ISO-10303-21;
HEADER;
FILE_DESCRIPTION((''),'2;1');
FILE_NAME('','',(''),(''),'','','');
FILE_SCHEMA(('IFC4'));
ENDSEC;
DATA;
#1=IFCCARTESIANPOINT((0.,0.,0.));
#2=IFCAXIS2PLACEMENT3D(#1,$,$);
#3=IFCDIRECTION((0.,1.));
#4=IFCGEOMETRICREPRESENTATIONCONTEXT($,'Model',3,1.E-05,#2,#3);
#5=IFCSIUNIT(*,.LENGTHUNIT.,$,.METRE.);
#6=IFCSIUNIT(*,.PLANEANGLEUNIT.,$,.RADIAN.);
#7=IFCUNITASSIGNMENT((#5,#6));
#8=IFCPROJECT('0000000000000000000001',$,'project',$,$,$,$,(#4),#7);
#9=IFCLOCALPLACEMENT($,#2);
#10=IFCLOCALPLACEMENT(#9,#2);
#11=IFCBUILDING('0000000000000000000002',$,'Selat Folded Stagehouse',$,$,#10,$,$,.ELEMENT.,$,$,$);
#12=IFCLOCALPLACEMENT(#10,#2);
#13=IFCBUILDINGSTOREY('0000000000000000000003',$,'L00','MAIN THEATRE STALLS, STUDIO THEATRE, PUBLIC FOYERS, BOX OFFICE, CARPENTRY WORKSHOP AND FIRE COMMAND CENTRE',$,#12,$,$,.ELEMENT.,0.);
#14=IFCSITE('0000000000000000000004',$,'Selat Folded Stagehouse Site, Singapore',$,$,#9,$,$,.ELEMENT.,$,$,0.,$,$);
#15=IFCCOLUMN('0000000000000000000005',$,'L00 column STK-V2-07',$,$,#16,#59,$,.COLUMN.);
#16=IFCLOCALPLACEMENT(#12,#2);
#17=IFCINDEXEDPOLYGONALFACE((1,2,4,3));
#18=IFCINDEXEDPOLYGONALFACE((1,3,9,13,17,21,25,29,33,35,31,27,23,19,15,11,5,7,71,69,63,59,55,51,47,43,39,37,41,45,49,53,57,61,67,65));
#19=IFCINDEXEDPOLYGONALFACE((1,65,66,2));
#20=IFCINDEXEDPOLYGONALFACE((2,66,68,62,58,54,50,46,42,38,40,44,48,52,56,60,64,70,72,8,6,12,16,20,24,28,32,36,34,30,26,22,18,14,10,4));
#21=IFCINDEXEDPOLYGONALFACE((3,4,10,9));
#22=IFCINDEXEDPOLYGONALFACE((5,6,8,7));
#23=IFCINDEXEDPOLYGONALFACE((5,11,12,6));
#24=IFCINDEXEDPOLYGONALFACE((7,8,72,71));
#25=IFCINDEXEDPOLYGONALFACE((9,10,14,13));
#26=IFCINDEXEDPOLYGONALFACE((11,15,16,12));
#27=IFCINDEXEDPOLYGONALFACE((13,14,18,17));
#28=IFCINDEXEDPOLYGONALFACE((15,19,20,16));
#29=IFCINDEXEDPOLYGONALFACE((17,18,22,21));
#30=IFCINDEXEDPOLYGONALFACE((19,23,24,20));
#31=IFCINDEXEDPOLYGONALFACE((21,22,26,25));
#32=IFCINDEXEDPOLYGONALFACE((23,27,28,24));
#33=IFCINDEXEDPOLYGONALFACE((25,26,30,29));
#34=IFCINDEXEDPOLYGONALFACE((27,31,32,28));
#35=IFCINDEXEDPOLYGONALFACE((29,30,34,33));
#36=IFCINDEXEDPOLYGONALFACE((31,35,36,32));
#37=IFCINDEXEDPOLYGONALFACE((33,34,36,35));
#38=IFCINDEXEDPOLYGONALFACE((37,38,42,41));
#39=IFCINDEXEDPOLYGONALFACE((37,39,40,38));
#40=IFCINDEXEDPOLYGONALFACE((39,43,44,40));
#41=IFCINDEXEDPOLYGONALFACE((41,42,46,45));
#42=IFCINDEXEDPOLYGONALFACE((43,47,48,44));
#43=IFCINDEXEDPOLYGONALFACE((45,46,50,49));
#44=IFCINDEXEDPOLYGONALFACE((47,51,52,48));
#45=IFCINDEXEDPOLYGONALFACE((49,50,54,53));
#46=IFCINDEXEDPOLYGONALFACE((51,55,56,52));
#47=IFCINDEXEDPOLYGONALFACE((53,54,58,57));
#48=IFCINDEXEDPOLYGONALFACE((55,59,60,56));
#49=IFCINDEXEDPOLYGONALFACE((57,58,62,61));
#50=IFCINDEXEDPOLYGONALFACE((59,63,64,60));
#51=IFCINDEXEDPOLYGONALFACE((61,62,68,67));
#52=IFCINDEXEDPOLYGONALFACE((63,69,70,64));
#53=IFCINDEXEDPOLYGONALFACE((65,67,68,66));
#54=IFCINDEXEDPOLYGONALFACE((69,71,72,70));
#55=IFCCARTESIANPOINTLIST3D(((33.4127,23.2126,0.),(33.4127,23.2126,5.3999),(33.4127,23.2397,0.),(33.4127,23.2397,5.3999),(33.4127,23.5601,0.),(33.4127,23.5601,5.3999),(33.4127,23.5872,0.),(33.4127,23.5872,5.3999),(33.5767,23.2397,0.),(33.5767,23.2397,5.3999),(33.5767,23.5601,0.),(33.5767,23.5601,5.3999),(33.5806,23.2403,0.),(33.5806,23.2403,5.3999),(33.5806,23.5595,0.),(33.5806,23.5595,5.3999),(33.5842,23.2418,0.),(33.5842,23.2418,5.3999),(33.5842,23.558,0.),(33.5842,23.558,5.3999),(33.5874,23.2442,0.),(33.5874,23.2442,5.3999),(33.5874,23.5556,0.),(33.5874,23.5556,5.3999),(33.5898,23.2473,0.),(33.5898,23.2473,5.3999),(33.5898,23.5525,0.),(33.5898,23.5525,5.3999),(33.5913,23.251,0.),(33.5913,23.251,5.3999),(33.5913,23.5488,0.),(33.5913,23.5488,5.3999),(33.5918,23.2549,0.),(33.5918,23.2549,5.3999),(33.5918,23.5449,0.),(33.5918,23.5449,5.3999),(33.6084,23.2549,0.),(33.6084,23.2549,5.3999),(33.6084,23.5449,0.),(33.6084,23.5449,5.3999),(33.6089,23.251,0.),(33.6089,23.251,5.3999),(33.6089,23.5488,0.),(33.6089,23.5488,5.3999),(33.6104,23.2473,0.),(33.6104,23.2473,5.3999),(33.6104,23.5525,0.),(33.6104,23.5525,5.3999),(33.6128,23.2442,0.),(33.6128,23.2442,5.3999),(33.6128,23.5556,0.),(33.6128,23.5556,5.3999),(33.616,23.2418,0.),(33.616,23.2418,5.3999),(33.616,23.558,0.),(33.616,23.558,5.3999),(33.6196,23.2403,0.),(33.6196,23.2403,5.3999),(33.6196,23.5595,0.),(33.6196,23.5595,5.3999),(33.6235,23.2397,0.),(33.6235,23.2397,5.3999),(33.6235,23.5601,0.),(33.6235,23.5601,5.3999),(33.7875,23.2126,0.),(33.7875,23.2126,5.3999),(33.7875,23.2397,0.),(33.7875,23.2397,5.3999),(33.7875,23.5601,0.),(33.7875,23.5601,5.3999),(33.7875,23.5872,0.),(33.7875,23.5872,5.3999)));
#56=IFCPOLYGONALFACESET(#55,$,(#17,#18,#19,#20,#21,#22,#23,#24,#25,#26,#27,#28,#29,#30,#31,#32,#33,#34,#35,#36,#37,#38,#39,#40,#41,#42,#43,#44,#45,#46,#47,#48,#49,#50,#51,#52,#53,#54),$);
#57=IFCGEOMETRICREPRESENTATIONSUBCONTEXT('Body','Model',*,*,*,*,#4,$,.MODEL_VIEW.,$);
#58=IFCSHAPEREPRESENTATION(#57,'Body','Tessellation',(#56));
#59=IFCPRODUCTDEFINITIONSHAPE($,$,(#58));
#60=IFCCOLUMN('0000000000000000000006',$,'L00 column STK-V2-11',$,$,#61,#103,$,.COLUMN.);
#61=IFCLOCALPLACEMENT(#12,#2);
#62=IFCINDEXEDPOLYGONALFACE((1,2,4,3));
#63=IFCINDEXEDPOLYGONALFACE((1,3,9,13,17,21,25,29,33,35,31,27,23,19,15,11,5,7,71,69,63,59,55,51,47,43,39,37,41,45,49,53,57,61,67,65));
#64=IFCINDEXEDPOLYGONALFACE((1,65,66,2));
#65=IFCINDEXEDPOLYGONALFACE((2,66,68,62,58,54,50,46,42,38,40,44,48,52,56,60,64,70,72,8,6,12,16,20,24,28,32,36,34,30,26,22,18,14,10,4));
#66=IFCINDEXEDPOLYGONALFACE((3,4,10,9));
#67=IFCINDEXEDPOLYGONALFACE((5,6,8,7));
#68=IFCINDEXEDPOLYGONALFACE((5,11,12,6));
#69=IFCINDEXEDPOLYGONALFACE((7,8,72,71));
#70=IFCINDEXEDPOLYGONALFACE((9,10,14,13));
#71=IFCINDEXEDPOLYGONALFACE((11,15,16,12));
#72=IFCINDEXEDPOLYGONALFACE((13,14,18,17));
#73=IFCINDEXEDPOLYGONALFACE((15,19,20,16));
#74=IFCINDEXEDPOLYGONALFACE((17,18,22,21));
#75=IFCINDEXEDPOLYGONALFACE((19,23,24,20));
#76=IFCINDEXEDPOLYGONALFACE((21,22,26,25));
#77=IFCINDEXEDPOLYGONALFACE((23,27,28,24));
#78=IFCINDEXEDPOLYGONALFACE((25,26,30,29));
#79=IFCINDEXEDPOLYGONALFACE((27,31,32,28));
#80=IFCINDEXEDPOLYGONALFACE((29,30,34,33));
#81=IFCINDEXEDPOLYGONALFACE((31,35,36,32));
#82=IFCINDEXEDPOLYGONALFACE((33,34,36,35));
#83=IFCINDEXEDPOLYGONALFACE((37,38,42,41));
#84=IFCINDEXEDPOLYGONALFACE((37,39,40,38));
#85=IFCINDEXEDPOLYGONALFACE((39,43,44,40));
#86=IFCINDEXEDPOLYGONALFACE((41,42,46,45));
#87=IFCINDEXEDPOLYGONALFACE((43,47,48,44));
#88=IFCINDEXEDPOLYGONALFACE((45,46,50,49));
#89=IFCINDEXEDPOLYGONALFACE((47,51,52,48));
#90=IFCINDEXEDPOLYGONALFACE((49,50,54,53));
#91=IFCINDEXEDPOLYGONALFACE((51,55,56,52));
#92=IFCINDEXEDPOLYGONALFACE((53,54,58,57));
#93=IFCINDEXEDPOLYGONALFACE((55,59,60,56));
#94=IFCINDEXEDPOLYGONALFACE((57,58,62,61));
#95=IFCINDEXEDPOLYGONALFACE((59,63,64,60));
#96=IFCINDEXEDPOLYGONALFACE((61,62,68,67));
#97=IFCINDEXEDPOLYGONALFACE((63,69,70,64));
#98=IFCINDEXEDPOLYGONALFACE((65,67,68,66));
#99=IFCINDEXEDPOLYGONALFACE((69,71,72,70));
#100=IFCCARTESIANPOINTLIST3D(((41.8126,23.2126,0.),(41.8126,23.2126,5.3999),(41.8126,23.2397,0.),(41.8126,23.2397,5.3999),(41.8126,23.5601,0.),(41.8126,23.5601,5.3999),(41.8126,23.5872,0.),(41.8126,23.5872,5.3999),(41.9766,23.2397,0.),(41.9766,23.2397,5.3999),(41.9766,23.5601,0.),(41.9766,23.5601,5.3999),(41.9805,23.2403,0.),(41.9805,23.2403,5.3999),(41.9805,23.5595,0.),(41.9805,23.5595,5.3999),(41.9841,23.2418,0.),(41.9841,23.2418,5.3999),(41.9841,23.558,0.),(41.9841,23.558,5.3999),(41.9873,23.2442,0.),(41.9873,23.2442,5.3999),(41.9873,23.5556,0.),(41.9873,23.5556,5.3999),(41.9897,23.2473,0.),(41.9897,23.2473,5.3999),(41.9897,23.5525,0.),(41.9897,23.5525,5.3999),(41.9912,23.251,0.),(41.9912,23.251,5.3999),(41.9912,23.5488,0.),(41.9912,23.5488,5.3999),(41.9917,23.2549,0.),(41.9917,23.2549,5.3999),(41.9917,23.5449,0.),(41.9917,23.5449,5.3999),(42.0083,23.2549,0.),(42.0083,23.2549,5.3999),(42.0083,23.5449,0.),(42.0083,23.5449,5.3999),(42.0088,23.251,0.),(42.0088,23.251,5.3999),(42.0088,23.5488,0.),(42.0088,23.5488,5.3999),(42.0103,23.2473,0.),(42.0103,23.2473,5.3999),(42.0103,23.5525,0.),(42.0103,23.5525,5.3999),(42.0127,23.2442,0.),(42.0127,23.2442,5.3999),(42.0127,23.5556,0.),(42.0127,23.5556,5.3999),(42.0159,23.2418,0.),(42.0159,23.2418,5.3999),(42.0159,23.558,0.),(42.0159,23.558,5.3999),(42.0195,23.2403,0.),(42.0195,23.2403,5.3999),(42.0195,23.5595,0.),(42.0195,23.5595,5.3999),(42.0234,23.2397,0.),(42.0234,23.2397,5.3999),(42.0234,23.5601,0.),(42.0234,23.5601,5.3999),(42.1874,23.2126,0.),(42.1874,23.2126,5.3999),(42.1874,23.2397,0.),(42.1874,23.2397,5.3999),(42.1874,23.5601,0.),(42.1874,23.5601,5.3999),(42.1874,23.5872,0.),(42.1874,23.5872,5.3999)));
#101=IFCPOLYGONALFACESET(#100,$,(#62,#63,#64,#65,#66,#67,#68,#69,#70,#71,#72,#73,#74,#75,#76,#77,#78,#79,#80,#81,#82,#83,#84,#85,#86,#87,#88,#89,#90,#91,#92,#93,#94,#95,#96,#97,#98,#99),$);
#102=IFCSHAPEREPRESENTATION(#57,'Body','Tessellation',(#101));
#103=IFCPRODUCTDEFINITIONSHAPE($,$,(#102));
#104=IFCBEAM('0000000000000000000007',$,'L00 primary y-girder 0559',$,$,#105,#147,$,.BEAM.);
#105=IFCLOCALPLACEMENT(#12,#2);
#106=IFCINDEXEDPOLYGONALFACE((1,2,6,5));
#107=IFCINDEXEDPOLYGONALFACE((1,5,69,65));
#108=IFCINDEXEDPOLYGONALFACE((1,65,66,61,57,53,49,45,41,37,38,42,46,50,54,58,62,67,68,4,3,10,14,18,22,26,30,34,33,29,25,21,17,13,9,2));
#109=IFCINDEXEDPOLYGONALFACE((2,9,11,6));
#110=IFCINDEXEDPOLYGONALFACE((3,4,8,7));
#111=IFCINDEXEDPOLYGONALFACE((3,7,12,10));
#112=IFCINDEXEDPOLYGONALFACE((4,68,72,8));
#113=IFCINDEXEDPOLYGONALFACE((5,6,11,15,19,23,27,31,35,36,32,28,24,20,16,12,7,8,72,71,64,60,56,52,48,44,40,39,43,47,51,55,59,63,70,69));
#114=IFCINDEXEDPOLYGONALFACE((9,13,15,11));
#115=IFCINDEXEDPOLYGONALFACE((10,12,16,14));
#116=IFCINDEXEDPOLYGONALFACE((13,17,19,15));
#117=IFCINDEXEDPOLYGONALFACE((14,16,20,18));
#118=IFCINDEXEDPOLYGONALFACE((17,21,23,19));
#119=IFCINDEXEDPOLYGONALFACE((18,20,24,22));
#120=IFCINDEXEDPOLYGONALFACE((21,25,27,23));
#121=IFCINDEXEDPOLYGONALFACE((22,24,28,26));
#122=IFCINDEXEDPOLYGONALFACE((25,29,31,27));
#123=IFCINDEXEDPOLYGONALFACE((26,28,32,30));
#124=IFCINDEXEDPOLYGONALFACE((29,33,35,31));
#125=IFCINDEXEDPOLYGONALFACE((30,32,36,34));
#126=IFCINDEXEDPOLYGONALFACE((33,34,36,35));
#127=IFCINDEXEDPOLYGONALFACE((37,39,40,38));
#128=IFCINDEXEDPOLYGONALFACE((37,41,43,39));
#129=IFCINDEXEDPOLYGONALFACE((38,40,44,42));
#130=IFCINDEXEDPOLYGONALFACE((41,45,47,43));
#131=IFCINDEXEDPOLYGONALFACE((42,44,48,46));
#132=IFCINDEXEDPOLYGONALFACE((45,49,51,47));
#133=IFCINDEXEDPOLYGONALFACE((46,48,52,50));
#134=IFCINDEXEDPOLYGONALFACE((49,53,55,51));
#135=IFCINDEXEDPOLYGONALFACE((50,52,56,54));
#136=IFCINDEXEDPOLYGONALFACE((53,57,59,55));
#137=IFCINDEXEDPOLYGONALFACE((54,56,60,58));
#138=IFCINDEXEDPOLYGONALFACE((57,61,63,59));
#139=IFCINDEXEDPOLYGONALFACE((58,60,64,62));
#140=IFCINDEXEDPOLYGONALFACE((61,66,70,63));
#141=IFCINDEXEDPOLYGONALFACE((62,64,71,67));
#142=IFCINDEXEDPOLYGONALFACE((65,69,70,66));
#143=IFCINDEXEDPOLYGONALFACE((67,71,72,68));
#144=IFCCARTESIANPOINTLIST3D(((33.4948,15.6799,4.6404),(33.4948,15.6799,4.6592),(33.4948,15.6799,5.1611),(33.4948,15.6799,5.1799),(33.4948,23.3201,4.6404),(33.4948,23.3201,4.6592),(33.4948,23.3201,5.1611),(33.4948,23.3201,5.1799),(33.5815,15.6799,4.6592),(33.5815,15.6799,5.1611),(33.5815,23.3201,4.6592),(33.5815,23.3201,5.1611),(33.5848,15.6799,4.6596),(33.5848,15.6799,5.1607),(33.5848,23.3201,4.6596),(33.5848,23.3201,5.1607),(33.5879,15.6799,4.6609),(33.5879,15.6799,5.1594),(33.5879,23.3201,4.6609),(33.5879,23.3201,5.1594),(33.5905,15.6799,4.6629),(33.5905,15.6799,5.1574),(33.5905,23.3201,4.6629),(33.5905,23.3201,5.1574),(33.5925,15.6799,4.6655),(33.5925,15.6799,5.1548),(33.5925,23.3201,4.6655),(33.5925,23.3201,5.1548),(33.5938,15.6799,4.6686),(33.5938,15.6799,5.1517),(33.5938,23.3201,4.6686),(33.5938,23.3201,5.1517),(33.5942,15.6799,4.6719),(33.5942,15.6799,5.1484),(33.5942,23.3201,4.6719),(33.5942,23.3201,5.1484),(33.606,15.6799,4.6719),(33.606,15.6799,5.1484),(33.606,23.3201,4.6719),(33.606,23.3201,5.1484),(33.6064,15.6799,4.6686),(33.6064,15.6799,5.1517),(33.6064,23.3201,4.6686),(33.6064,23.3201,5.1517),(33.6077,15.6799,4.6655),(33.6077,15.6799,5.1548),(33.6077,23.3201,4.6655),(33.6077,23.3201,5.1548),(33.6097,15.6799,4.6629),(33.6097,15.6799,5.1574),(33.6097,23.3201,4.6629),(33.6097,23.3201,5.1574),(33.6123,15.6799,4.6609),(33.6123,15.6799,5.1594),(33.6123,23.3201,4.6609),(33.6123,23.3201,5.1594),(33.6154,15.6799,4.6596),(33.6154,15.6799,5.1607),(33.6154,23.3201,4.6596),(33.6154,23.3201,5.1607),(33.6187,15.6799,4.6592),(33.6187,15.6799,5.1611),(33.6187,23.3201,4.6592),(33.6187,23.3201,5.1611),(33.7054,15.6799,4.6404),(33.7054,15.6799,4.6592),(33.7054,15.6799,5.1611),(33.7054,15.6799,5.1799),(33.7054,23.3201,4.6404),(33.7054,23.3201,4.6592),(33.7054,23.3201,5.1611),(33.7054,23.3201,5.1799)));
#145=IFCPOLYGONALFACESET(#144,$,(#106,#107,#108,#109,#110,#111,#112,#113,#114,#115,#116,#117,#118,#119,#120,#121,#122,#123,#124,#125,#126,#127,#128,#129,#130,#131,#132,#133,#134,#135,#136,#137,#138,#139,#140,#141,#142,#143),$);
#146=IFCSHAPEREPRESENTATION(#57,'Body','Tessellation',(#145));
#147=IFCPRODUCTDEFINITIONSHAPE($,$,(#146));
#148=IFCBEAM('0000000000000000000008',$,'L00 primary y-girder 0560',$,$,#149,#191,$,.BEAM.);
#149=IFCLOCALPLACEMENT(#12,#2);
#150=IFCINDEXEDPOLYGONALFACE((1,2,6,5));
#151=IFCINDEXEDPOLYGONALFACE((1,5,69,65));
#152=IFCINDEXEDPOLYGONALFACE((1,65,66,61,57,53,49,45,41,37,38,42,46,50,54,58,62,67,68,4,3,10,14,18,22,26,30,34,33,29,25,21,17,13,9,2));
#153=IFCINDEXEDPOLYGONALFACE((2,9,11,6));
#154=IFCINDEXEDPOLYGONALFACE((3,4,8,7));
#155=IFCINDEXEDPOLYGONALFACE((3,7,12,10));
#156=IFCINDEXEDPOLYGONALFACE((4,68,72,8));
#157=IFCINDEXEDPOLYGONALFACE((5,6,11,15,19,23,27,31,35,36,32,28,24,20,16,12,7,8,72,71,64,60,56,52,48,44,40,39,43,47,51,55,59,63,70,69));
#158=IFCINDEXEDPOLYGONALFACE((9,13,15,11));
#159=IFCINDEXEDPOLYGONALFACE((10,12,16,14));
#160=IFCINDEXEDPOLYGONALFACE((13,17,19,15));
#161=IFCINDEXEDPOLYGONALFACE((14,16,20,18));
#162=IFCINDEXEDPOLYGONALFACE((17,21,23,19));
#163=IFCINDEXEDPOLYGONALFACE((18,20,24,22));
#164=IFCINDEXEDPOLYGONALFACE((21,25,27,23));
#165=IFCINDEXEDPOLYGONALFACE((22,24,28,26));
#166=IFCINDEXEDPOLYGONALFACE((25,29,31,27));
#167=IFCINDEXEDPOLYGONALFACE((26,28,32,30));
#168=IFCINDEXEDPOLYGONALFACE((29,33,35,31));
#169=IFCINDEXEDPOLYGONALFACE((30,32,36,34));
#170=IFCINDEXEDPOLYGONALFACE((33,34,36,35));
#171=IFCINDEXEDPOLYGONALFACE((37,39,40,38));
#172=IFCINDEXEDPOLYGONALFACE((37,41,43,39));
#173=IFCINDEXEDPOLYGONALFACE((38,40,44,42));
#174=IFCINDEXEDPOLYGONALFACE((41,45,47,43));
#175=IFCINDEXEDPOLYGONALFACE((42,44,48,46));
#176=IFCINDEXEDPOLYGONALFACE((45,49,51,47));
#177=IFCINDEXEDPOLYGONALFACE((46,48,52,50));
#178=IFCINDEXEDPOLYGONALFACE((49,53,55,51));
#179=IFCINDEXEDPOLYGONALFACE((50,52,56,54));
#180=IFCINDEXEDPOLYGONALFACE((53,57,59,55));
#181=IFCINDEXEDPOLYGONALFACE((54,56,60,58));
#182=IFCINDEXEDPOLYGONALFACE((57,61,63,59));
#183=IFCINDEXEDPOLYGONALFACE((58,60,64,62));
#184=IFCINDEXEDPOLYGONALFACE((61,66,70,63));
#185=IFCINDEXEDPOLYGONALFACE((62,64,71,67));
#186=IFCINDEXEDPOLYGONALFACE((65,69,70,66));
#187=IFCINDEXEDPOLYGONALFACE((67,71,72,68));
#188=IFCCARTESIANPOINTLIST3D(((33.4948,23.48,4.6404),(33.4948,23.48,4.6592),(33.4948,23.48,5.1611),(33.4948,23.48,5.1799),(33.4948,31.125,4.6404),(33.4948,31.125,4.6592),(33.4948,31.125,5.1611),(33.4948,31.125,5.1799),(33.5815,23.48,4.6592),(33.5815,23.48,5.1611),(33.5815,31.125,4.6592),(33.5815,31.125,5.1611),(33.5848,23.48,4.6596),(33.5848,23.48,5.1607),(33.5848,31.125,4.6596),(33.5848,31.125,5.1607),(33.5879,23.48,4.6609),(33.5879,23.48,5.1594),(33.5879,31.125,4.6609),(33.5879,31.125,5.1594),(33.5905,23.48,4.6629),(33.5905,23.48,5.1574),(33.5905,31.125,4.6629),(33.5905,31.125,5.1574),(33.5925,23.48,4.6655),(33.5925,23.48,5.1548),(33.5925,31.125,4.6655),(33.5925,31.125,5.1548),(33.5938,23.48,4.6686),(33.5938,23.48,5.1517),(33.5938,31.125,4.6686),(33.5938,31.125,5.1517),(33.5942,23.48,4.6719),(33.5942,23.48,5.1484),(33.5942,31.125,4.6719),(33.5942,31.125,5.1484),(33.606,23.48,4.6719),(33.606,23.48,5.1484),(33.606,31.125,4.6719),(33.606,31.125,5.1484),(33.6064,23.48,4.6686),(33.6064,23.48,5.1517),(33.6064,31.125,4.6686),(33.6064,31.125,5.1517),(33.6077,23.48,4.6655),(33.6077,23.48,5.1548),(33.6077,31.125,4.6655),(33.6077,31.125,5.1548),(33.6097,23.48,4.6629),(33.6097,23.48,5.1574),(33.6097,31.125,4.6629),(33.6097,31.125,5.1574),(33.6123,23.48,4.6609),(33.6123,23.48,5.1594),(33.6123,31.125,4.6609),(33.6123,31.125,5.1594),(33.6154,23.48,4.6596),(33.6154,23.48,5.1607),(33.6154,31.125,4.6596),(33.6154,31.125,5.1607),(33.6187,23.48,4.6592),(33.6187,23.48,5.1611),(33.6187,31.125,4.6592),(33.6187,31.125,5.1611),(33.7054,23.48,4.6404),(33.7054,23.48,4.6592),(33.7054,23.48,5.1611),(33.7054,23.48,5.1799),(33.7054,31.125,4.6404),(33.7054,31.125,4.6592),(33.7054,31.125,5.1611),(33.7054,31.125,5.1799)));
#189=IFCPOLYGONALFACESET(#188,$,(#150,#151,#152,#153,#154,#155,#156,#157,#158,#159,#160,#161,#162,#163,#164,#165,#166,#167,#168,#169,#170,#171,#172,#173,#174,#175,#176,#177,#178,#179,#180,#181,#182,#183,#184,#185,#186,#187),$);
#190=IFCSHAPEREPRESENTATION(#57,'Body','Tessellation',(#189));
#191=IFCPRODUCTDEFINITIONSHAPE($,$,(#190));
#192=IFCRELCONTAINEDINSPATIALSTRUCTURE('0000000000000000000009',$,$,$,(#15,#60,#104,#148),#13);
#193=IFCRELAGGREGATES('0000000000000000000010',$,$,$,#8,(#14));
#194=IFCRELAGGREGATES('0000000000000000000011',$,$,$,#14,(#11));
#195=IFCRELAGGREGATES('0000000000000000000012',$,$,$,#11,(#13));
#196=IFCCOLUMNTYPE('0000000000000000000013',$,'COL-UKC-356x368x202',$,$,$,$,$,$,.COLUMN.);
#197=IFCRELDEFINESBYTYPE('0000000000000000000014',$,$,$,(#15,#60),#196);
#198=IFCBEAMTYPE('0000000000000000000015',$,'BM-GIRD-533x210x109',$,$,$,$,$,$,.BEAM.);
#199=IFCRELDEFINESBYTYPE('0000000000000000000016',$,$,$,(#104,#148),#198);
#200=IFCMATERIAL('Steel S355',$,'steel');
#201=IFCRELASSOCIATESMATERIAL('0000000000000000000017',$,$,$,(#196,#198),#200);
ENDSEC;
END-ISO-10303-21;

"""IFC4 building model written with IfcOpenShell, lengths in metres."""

from ifc_helpers import new_model, si_unit, direction, frame, origin, origin_2d, place, context, subcontext, project, spatial, i_section, extrude, material, material_profile, profile_set, type_object, element, save


model = new_model("IFC4")

# Units and contexts
model_context = context("Model", 3, precision=1e-05, world=origin(), true_north=direction((0.0, 1.0)))
body_context = subcontext(model_context, "Body", "Model", "MODEL_VIEW")
ifc_project = project(units=[si_unit("LENGTHUNIT", "METRE"), si_unit("PLANEANGLEUNIT", "RADIAN")], contexts=[model_context])

# Site, building, storey
site_placement = place(None, origin())
site = spatial("IfcSite", under=ifc_project, at=site_placement, Name="Selat Folded Stagehouse Site, Singapore", CompositionType="ELEMENT", RefElevation=0.0)
building_placement = place(site_placement, origin())
building = spatial("IfcBuilding", under=site, at=building_placement, Name="Selat Folded Stagehouse", CompositionType="ELEMENT")
storey_placement = place(building_placement, origin())
storey = spatial("IfcBuildingStorey", under=building, at=storey_placement, Name="L00", Description="MAIN THEATRE STALLS, STUDIO THEATRE, PUBLIC FOYERS, BOX OFFICE, CARPENTRY WORKSHOP AND FIRE COMMAND CENTRE", CompositionType="ELEMENT", Elevation=0.0)

# Columns
ifc_material_1 = material(Name="Steel S355", Category="steel")
ifc_material_profile_1 = material_profile(ifc_material_1, i_section(OverallWidth=0.3748, OverallDepth=0.3745, WebThickness=0.0166, FlangeThickness=0.0271, FilletRadius=0.0151, at=origin_2d()), Name="UKC 356x368x202")
ifc_profile_set_1 = profile_set([ifc_material_profile_1], Name="Steel S355")
column_type_1 = type_object("IfcColumnType", Name="COL-UKC-356x368x202", PredefinedType="COLUMN", material=ifc_profile_set_1)
for number, where, z_axis, x_axis, name in (
    (1, (33.6001, 23.3999, 0.0), (0.0, 0.0, 1.0), (1.0, 0.0, 0.0), "L00 column STK-V2-07"),
    (2, (42.0, 23.3999, 0.0), (0.0, 0.0, 1.0), (1.0, 0.0, 0.0), "L00 column STK-V2-11"),
):
    element("IfcColumn", number, at=place(storey_placement, frame(where, z_axis=z_axis, x_axis=x_axis)), inside=storey, type_object=column_type_1, Name=name, PredefinedType="COLUMN", context=body_context, shape_type="SweptSolid", body=[
        extrude(i_section(OverallWidth=0.3748, OverallDepth=0.3745, WebThickness=0.0166, FlangeThickness=0.0271, FilletRadius=0.0151, at=origin_2d()), origin(), (0.0, 0.0, 1.0), 5.3999),
    ])

# Beams
ifc_material_profile_2 = material_profile(ifc_material_1, i_section(OverallWidth=0.2107, OverallDepth=0.5396, WebThickness=0.0117, FlangeThickness=0.0188, FilletRadius=0.0127, at=origin_2d()), Name="UKB 533x210x109")
ifc_profile_set_2 = profile_set([ifc_material_profile_2], Name="Steel S355")
beam_type_1 = type_object("IfcBeamType", Name="BM-GIRD-533x210x109", PredefinedType="BEAM", material=ifc_profile_set_2)
beam_1_placement = place(storey_placement, frame((33.6001, 15.6799, 4.9102), z_axis=(0.0, 1.0, 0.0), x_axis=(-1.0, 0.0, 0.0)))
element("IfcBeam", 3, at=beam_1_placement, inside=storey, type_object=beam_type_1, Name="L00 primary y-girder 0559", PredefinedType="BEAM", context=body_context, shape_type="SweptSolid", body=[
    extrude(i_section(OverallWidth=0.2107, OverallDepth=0.5396, WebThickness=0.0117, FlangeThickness=0.0188, FilletRadius=0.0127, at=origin_2d()), origin(), (0.0, 0.0, 1.0), 7.6401),
])
beam_2_placement = place(storey_placement, frame((33.6001, 23.48, 4.9102), z_axis=(0.0, 1.0, 0.0), x_axis=(-1.0, 0.0, 0.0)))
element("IfcBeam", 4, at=beam_2_placement, inside=storey, type_object=beam_type_1, Name="L00 primary y-girder 0560", PredefinedType="BEAM", context=body_context, shape_type="SweptSolid", body=[
    extrude(i_section(OverallWidth=0.2107, OverallDepth=0.5396, WebThickness=0.0117, FlangeThickness=0.0188, FilletRadius=0.0127, at=origin_2d()), origin(), (0.0, 0.0, 1.0), 7.645),
])

save(model, "model.ifc")
